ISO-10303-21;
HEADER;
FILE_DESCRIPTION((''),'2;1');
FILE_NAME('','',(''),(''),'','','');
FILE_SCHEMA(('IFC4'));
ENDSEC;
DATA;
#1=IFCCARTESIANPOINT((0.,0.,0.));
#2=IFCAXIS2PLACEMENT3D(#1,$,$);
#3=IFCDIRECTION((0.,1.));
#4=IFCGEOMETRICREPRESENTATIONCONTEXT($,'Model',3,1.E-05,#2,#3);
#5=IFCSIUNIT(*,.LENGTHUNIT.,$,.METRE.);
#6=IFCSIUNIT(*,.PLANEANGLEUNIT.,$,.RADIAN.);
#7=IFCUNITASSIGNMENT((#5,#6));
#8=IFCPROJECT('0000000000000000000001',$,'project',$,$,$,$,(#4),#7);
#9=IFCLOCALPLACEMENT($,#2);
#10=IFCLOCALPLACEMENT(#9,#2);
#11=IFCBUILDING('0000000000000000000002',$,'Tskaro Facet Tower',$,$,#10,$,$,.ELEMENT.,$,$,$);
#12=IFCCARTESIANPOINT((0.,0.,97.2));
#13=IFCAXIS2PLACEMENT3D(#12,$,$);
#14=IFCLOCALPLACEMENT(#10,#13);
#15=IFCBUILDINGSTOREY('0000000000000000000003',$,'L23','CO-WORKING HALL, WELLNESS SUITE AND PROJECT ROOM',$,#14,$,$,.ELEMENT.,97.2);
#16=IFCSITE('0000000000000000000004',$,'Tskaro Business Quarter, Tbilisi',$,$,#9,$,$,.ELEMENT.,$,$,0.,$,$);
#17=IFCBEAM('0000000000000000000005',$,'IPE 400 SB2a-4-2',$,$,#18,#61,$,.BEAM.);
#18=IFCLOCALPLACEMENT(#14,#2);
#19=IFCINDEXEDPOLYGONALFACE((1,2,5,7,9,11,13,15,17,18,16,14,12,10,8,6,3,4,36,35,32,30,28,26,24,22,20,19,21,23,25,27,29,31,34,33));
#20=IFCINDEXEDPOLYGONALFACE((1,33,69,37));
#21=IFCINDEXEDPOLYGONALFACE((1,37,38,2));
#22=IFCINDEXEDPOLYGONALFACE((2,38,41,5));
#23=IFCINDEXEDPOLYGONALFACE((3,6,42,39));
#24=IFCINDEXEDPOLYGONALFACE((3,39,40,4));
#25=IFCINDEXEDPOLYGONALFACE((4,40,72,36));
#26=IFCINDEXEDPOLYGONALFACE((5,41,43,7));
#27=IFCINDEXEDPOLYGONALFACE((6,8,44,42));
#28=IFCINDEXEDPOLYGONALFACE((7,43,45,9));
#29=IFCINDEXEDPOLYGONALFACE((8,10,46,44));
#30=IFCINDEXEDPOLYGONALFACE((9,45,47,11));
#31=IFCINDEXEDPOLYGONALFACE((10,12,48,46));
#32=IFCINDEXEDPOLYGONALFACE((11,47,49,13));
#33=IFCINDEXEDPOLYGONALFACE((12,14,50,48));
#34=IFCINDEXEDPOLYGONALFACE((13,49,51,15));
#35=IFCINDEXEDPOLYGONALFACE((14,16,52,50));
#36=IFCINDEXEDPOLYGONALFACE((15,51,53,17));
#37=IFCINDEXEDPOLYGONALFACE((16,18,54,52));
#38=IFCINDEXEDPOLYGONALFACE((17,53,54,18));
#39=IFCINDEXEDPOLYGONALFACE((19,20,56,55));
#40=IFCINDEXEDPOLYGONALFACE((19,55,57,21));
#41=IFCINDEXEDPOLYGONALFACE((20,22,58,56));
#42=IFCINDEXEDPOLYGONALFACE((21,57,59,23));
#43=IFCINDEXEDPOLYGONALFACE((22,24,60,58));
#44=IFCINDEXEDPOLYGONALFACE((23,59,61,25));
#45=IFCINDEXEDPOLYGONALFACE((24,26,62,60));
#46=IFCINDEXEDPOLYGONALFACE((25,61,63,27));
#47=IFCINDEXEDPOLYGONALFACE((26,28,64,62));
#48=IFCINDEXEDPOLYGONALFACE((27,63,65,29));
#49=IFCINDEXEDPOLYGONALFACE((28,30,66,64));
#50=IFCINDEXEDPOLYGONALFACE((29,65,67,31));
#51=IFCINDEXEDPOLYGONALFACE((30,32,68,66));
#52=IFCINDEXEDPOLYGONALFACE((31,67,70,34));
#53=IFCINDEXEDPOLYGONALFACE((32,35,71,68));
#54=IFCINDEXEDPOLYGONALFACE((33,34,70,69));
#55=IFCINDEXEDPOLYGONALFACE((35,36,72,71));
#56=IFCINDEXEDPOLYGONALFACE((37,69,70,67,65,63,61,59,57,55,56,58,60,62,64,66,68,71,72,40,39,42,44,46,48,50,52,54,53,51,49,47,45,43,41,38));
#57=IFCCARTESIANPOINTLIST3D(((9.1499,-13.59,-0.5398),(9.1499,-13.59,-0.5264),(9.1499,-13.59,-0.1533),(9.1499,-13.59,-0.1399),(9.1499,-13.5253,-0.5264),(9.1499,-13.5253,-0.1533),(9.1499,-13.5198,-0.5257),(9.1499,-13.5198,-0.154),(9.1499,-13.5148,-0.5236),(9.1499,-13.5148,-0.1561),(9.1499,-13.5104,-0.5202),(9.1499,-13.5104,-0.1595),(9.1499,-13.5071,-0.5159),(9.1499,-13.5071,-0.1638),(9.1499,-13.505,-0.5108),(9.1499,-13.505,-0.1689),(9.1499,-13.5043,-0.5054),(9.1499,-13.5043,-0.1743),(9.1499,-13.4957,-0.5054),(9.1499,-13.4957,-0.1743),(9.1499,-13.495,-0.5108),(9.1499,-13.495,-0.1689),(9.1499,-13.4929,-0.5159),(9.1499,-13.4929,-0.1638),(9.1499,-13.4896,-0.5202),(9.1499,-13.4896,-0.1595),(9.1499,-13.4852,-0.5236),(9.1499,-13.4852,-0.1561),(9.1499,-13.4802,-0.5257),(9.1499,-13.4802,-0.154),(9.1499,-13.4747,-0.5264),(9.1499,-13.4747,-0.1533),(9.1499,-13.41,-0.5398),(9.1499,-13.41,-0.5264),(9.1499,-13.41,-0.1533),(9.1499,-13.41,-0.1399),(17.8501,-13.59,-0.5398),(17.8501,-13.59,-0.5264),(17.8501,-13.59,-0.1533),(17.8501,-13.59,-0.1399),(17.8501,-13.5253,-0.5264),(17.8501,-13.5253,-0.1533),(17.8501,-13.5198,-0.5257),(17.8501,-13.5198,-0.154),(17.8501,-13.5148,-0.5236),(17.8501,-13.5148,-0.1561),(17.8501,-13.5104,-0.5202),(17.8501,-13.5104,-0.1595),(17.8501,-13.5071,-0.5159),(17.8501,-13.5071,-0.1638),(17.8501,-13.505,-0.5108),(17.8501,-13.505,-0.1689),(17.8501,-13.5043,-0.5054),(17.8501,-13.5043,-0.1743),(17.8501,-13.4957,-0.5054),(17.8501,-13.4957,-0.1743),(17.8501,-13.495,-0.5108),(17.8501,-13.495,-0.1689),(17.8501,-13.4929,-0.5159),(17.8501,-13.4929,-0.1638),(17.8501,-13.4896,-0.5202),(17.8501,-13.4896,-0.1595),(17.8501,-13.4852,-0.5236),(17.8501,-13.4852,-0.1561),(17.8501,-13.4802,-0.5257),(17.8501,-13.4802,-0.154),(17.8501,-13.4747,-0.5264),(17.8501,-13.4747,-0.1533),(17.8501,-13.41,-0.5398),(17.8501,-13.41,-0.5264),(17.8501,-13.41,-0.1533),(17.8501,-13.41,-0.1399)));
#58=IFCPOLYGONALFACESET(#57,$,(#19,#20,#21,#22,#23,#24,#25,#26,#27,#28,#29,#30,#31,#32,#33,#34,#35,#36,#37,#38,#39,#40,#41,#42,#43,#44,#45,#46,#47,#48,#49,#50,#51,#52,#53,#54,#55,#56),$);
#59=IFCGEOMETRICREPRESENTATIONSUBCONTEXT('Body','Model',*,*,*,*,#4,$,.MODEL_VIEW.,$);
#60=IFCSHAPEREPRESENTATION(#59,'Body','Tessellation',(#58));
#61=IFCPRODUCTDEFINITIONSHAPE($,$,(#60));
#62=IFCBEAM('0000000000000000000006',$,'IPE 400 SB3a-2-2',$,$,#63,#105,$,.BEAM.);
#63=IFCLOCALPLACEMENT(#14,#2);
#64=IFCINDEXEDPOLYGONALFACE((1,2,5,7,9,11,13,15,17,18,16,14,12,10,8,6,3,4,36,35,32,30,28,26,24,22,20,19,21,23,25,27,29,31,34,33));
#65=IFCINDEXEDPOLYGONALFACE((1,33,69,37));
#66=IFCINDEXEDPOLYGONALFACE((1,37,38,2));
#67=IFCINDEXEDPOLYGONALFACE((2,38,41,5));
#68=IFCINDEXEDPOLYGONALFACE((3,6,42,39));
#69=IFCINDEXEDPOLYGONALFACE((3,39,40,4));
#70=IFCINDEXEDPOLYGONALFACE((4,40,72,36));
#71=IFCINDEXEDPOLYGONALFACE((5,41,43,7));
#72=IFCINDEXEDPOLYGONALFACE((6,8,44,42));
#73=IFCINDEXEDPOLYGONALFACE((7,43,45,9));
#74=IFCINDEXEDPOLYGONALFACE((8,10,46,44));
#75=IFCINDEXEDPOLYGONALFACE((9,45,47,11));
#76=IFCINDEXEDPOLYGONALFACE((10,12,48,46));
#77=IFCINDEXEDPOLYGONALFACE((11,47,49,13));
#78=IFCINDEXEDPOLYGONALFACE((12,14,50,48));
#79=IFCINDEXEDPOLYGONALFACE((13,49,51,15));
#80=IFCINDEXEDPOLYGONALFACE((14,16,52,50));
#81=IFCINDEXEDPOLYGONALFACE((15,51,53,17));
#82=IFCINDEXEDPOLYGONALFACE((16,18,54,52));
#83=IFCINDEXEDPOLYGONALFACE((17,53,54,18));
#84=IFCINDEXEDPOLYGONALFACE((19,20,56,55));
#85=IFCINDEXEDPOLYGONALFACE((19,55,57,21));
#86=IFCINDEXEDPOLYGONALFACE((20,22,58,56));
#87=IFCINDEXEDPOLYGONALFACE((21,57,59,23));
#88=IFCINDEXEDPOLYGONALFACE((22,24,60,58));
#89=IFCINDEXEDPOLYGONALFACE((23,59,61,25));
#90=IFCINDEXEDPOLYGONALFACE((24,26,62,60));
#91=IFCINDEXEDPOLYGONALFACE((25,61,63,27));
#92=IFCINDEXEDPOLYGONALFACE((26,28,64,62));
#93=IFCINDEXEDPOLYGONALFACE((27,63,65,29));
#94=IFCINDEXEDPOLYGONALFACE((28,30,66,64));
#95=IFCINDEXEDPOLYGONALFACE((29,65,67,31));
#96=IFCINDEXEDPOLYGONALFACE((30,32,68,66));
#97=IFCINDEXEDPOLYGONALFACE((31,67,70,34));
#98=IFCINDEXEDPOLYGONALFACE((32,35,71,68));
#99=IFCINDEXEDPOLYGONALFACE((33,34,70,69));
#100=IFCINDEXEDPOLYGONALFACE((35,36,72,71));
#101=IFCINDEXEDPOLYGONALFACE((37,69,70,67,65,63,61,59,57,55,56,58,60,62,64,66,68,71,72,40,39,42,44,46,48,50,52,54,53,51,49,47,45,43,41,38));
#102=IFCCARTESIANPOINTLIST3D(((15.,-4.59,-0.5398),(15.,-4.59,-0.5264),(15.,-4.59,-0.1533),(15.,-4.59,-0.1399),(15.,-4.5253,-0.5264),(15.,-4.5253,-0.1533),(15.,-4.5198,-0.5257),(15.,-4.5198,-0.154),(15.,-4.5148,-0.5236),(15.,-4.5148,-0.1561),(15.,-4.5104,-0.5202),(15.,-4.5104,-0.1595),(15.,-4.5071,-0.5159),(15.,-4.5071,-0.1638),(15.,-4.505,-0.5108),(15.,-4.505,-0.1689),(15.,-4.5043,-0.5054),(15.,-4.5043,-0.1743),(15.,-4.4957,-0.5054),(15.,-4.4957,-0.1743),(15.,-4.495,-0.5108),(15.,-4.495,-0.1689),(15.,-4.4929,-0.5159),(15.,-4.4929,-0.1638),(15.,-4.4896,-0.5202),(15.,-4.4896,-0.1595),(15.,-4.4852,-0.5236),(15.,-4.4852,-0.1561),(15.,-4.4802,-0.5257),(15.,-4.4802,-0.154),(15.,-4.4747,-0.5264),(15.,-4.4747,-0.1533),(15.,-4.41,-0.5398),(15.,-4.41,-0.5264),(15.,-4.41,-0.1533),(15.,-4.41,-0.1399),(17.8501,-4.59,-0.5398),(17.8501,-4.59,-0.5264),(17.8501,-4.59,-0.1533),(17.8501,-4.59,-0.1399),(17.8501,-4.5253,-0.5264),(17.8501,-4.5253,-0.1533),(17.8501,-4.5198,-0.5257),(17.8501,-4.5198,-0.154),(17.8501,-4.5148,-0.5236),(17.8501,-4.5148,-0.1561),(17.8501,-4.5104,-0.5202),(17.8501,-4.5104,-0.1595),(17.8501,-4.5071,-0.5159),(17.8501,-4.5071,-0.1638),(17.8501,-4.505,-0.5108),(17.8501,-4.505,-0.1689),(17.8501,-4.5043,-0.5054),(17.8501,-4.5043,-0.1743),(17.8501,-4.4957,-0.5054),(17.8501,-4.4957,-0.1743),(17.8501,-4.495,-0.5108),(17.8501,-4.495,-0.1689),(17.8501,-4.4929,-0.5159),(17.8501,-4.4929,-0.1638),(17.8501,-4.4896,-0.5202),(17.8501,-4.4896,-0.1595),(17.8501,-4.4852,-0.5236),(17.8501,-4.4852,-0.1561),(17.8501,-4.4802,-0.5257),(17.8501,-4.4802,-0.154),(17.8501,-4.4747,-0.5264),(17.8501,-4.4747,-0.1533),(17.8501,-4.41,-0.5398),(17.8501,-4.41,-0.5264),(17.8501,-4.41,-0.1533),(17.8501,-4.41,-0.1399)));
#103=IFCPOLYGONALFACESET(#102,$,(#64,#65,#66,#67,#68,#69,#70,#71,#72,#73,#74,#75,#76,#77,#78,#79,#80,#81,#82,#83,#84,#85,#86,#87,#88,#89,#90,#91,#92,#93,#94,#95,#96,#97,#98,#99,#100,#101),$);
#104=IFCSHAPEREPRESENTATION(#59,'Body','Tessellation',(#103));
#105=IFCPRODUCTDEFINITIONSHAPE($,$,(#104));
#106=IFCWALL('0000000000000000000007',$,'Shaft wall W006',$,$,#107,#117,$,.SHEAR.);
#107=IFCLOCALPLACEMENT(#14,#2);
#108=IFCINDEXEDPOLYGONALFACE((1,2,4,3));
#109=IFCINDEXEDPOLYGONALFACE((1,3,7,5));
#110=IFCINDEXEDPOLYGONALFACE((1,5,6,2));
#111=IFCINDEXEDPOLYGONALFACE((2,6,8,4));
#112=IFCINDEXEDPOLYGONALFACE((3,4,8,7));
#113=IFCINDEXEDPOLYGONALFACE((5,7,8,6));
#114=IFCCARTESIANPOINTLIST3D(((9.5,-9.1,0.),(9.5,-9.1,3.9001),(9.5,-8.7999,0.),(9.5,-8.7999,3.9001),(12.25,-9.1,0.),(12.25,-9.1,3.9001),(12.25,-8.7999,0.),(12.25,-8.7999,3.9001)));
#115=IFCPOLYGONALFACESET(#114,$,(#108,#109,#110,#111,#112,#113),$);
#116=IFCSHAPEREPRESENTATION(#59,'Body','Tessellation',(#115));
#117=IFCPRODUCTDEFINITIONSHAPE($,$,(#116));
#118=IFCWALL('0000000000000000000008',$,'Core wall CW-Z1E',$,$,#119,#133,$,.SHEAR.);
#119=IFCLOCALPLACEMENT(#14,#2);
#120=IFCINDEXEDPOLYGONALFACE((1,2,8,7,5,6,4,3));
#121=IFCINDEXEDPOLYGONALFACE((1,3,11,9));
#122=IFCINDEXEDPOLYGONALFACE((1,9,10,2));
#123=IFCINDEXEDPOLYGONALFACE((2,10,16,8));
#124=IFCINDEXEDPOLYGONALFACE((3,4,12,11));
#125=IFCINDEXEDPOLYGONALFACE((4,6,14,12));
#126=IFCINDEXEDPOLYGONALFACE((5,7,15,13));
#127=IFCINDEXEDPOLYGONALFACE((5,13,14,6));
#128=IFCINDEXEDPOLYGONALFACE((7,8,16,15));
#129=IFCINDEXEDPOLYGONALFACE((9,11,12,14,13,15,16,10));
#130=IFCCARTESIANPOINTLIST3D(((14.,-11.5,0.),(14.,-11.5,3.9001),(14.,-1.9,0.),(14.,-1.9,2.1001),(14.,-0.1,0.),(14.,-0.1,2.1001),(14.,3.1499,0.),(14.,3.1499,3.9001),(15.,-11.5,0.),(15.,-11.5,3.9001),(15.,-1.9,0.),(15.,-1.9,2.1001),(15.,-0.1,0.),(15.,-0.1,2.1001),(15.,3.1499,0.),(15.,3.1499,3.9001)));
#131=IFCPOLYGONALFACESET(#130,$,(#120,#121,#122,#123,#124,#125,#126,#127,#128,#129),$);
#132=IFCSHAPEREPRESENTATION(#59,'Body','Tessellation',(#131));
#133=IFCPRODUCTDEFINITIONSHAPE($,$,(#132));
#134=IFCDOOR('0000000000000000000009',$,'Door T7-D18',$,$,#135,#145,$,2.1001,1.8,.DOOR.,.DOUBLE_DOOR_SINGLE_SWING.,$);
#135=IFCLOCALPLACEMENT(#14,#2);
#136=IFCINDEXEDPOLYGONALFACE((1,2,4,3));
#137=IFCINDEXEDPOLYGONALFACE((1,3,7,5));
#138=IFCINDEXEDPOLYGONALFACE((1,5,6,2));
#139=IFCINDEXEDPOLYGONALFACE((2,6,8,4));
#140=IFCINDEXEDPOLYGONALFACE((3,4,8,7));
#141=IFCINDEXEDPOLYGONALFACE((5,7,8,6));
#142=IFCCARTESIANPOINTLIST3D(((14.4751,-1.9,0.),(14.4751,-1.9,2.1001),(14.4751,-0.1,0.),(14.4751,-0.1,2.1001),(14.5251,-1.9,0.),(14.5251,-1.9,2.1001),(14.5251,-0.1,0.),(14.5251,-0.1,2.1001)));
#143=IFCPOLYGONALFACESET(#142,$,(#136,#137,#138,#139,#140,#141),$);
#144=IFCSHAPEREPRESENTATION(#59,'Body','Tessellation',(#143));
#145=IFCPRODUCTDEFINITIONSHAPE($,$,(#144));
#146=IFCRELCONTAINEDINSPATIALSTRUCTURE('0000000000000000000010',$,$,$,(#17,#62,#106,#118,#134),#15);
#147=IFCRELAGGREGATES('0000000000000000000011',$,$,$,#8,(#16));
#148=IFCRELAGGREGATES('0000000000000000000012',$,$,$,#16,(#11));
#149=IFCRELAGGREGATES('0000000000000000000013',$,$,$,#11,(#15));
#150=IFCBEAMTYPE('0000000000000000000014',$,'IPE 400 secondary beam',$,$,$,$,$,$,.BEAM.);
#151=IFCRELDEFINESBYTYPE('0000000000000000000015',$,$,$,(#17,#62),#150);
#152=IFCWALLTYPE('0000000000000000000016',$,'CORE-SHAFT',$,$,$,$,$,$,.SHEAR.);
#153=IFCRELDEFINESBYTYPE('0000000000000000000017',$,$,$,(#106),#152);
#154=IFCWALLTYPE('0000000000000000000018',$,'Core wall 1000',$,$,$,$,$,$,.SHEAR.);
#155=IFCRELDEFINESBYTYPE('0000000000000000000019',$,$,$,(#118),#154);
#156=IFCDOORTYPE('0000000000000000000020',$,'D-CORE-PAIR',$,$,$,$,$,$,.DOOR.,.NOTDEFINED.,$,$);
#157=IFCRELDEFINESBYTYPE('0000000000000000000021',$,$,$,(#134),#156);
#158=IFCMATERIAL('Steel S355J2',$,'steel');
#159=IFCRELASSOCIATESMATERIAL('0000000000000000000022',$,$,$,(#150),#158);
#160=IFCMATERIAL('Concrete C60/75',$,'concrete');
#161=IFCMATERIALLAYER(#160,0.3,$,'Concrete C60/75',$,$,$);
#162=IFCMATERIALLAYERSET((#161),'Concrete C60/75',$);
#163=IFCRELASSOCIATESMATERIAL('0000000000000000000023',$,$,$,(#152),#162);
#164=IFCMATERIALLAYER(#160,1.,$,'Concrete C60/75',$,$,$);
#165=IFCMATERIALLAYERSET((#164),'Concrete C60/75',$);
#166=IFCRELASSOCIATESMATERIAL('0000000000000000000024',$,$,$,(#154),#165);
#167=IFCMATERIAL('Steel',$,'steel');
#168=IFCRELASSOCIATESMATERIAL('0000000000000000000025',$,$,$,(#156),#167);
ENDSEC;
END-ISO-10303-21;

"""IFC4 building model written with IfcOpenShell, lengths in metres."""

from ifc_helpers import new_model, si_unit, direction, frame, frame_2d, origin, origin_2d, place, context, subcontext, project, spatial, rectangle, i_section, extrude, material, layer, layer_set, material_profile, profile_set, type_object, element, fill, save


model = new_model("IFC4")

# Units and contexts
model_context = context("Model", 3, precision=1e-05, world=origin(), true_north=direction((0.0, 1.0)))
body_context = subcontext(model_context, "Body", "Model", "MODEL_VIEW")
ifc_project = project(units=[si_unit("LENGTHUNIT", "METRE"), si_unit("PLANEANGLEUNIT", "RADIAN")], contexts=[model_context])

# Site, building, storey
site_placement = place(None, origin())
site = spatial("IfcSite", under=ifc_project, at=site_placement, Name="Tskaro Business Quarter, Tbilisi", CompositionType="ELEMENT", RefElevation=0.0)
building_placement = place(site_placement, origin())
building = spatial("IfcBuilding", under=site, at=building_placement, Name="Tskaro Facet Tower", CompositionType="ELEMENT")
storey_placement = place(building_placement, frame((0.0, 0.0, 97.2)))
storey = spatial("IfcBuildingStorey", under=building, at=storey_placement, Name="L23", Description="CO-WORKING HALL, WELLNESS SUITE AND PROJECT ROOM", CompositionType="ELEMENT", Elevation=97.2)

# Beams
ifc_material_1 = material(Name="Steel S355J2", Category="steel")
ifc_material_profile = material_profile(ifc_material_1, i_section(OverallWidth=0.1799, OverallDepth=0.3999, WebThickness=0.0085, FlangeThickness=0.0134, FilletRadius=0.021, at=origin_2d()), Name="IPE 400")
ifc_profile_set = profile_set([ifc_material_profile], Name="Steel S355J2")
beam_type = type_object("IfcBeamType", Name="IPE 400 secondary beam", PredefinedType="BEAM", material=ifc_profile_set)
beam_1_placement = place(storey_placement, frame((9.1499, -13.5, -0.3398), z_axis=(1.0, 0.0, 0.0), x_axis=(0.0, 1.0, 0.0)))
element("IfcBeam", 1, at=beam_1_placement, inside=storey, type_object=beam_type, Name="IPE 400 SB2a-4-2", PredefinedType="BEAM", context=body_context, shape_type="SweptSolid", body=[
    extrude(i_section(OverallWidth=0.1799, OverallDepth=0.3999, WebThickness=0.0085, FlangeThickness=0.0134, FilletRadius=0.021, at=origin_2d()), origin(), (0.0, 0.0, 1.0), 8.7002),
])
beam_2_placement = place(storey_placement, frame((15.0, -4.5, -0.3398), z_axis=(1.0, 0.0, 0.0), x_axis=(0.0, 1.0, 0.0)))
element("IfcBeam", 2, at=beam_2_placement, inside=storey, type_object=beam_type, Name="IPE 400 SB3a-2-2", PredefinedType="BEAM", context=body_context, shape_type="SweptSolid", body=[
    extrude(i_section(OverallWidth=0.1799, OverallDepth=0.3999, WebThickness=0.0085, FlangeThickness=0.0134, FilletRadius=0.021, at=origin_2d()), origin(), (0.0, 0.0, 1.0), 2.8501),
])

# Wall
ifc_material_2 = material(Name="Concrete C60/75", Category="concrete")
ifc_layer_1 = layer(ifc_material_2, 0.3, Name="Concrete C60/75")
ifc_layer_set_1 = layer_set([ifc_layer_1], Name="Concrete C60/75")
wall_type_1 = type_object("IfcWallType", Name="CORE-SHAFT", PredefinedType="SHEAR", material=ifc_layer_set_1)
wall_1_placement = place(storey_placement, frame((9.5, -8.95, 0.0), z_axis=(0.0, 0.0, 1.0), x_axis=(1.0, 0.0, 0.0)))
element("IfcWall", 3, at=wall_1_placement, inside=storey, type_object=wall_type_1, Name="Shaft wall W006", PredefinedType="SHEAR", context=body_context, shape_type="SweptSolid", body=[
    extrude(rectangle(XDim=2.75, YDim=0.3, at=frame_2d((1.375, 0.0))), origin(), (0.0, 0.0, 1.0), 3.9001),
])

# Wall, opening, door
ifc_layer_2 = layer(ifc_material_2, 1.0, Name="Concrete C60/75")
ifc_layer_set_2 = layer_set([ifc_layer_2], Name="Concrete C60/75")
wall_type_2 = type_object("IfcWallType", Name="Core wall 1000", PredefinedType="SHEAR", material=ifc_layer_set_2)
wall_2_placement = place(storey_placement, frame((14.5, -11.5, 0.0), z_axis=(0.0, 0.0, 1.0), x_axis=(0.0, 1.0, 0.0)))
wall_2 = element("IfcWall", 4, at=wall_2_placement, inside=storey, type_object=wall_type_2, Name="Core wall CW-Z1E", PredefinedType="SHEAR", context=body_context, shape_type="SweptSolid", body=[
    extrude(rectangle(XDim=14.6499, YDim=1.0, at=frame_2d((7.325, 0.0))), origin(), (0.0, 0.0, 1.0), 3.9001),
])
opening_1_placement = place(wall_2_placement, frame((9.6001, 0.0, 0.0)))
opening_1 = element("IfcOpeningElement", 5, at=opening_1_placement, cuts=wall_2, PredefinedType="OPENING", context=body_context, shape_type="SweptSolid", body=[
    extrude(rectangle(XDim=1.8, YDim=2.1001, at=frame_2d((0.8999, 1.05))), frame((0.0, 0.51, 0.0), z_axis=(0.0, -1.0, 0.0), x_axis=(1.0, 0.0, 0.0)), (0.0, 0.0, 1.0), 1.02),
])
ifc_material_3 = material(Name="Steel", Category="steel")
door_type_1 = type_object("IfcDoorType", Name="D-CORE-PAIR", OperationType="NOTDEFINED", PredefinedType="DOOR", material=ifc_material_3)
door_1_placement = place(opening_1_placement, origin())
door_1 = element("IfcDoor", 6, at=door_1_placement, inside=storey, type_object=door_type_1, Name="Door T7-D18", OperationType="DOUBLE_DOOR_SINGLE_SWING", OverallHeight=2.1001, OverallWidth=1.8, PredefinedType="DOOR", context=body_context, shape_type="SweptSolid", body=[
    extrude(rectangle(XDim=1.8, YDim=2.1001, at=frame_2d((0.8999, 1.05))), frame((0.0, 0.0249, 0.0), z_axis=(0.0, -1.0, 0.0), x_axis=(1.0, 0.0, 0.0)), (0.0, 0.0, 1.0), 0.05),
])
fill(opening_1, door_1)

save(model, "model.ifc")
